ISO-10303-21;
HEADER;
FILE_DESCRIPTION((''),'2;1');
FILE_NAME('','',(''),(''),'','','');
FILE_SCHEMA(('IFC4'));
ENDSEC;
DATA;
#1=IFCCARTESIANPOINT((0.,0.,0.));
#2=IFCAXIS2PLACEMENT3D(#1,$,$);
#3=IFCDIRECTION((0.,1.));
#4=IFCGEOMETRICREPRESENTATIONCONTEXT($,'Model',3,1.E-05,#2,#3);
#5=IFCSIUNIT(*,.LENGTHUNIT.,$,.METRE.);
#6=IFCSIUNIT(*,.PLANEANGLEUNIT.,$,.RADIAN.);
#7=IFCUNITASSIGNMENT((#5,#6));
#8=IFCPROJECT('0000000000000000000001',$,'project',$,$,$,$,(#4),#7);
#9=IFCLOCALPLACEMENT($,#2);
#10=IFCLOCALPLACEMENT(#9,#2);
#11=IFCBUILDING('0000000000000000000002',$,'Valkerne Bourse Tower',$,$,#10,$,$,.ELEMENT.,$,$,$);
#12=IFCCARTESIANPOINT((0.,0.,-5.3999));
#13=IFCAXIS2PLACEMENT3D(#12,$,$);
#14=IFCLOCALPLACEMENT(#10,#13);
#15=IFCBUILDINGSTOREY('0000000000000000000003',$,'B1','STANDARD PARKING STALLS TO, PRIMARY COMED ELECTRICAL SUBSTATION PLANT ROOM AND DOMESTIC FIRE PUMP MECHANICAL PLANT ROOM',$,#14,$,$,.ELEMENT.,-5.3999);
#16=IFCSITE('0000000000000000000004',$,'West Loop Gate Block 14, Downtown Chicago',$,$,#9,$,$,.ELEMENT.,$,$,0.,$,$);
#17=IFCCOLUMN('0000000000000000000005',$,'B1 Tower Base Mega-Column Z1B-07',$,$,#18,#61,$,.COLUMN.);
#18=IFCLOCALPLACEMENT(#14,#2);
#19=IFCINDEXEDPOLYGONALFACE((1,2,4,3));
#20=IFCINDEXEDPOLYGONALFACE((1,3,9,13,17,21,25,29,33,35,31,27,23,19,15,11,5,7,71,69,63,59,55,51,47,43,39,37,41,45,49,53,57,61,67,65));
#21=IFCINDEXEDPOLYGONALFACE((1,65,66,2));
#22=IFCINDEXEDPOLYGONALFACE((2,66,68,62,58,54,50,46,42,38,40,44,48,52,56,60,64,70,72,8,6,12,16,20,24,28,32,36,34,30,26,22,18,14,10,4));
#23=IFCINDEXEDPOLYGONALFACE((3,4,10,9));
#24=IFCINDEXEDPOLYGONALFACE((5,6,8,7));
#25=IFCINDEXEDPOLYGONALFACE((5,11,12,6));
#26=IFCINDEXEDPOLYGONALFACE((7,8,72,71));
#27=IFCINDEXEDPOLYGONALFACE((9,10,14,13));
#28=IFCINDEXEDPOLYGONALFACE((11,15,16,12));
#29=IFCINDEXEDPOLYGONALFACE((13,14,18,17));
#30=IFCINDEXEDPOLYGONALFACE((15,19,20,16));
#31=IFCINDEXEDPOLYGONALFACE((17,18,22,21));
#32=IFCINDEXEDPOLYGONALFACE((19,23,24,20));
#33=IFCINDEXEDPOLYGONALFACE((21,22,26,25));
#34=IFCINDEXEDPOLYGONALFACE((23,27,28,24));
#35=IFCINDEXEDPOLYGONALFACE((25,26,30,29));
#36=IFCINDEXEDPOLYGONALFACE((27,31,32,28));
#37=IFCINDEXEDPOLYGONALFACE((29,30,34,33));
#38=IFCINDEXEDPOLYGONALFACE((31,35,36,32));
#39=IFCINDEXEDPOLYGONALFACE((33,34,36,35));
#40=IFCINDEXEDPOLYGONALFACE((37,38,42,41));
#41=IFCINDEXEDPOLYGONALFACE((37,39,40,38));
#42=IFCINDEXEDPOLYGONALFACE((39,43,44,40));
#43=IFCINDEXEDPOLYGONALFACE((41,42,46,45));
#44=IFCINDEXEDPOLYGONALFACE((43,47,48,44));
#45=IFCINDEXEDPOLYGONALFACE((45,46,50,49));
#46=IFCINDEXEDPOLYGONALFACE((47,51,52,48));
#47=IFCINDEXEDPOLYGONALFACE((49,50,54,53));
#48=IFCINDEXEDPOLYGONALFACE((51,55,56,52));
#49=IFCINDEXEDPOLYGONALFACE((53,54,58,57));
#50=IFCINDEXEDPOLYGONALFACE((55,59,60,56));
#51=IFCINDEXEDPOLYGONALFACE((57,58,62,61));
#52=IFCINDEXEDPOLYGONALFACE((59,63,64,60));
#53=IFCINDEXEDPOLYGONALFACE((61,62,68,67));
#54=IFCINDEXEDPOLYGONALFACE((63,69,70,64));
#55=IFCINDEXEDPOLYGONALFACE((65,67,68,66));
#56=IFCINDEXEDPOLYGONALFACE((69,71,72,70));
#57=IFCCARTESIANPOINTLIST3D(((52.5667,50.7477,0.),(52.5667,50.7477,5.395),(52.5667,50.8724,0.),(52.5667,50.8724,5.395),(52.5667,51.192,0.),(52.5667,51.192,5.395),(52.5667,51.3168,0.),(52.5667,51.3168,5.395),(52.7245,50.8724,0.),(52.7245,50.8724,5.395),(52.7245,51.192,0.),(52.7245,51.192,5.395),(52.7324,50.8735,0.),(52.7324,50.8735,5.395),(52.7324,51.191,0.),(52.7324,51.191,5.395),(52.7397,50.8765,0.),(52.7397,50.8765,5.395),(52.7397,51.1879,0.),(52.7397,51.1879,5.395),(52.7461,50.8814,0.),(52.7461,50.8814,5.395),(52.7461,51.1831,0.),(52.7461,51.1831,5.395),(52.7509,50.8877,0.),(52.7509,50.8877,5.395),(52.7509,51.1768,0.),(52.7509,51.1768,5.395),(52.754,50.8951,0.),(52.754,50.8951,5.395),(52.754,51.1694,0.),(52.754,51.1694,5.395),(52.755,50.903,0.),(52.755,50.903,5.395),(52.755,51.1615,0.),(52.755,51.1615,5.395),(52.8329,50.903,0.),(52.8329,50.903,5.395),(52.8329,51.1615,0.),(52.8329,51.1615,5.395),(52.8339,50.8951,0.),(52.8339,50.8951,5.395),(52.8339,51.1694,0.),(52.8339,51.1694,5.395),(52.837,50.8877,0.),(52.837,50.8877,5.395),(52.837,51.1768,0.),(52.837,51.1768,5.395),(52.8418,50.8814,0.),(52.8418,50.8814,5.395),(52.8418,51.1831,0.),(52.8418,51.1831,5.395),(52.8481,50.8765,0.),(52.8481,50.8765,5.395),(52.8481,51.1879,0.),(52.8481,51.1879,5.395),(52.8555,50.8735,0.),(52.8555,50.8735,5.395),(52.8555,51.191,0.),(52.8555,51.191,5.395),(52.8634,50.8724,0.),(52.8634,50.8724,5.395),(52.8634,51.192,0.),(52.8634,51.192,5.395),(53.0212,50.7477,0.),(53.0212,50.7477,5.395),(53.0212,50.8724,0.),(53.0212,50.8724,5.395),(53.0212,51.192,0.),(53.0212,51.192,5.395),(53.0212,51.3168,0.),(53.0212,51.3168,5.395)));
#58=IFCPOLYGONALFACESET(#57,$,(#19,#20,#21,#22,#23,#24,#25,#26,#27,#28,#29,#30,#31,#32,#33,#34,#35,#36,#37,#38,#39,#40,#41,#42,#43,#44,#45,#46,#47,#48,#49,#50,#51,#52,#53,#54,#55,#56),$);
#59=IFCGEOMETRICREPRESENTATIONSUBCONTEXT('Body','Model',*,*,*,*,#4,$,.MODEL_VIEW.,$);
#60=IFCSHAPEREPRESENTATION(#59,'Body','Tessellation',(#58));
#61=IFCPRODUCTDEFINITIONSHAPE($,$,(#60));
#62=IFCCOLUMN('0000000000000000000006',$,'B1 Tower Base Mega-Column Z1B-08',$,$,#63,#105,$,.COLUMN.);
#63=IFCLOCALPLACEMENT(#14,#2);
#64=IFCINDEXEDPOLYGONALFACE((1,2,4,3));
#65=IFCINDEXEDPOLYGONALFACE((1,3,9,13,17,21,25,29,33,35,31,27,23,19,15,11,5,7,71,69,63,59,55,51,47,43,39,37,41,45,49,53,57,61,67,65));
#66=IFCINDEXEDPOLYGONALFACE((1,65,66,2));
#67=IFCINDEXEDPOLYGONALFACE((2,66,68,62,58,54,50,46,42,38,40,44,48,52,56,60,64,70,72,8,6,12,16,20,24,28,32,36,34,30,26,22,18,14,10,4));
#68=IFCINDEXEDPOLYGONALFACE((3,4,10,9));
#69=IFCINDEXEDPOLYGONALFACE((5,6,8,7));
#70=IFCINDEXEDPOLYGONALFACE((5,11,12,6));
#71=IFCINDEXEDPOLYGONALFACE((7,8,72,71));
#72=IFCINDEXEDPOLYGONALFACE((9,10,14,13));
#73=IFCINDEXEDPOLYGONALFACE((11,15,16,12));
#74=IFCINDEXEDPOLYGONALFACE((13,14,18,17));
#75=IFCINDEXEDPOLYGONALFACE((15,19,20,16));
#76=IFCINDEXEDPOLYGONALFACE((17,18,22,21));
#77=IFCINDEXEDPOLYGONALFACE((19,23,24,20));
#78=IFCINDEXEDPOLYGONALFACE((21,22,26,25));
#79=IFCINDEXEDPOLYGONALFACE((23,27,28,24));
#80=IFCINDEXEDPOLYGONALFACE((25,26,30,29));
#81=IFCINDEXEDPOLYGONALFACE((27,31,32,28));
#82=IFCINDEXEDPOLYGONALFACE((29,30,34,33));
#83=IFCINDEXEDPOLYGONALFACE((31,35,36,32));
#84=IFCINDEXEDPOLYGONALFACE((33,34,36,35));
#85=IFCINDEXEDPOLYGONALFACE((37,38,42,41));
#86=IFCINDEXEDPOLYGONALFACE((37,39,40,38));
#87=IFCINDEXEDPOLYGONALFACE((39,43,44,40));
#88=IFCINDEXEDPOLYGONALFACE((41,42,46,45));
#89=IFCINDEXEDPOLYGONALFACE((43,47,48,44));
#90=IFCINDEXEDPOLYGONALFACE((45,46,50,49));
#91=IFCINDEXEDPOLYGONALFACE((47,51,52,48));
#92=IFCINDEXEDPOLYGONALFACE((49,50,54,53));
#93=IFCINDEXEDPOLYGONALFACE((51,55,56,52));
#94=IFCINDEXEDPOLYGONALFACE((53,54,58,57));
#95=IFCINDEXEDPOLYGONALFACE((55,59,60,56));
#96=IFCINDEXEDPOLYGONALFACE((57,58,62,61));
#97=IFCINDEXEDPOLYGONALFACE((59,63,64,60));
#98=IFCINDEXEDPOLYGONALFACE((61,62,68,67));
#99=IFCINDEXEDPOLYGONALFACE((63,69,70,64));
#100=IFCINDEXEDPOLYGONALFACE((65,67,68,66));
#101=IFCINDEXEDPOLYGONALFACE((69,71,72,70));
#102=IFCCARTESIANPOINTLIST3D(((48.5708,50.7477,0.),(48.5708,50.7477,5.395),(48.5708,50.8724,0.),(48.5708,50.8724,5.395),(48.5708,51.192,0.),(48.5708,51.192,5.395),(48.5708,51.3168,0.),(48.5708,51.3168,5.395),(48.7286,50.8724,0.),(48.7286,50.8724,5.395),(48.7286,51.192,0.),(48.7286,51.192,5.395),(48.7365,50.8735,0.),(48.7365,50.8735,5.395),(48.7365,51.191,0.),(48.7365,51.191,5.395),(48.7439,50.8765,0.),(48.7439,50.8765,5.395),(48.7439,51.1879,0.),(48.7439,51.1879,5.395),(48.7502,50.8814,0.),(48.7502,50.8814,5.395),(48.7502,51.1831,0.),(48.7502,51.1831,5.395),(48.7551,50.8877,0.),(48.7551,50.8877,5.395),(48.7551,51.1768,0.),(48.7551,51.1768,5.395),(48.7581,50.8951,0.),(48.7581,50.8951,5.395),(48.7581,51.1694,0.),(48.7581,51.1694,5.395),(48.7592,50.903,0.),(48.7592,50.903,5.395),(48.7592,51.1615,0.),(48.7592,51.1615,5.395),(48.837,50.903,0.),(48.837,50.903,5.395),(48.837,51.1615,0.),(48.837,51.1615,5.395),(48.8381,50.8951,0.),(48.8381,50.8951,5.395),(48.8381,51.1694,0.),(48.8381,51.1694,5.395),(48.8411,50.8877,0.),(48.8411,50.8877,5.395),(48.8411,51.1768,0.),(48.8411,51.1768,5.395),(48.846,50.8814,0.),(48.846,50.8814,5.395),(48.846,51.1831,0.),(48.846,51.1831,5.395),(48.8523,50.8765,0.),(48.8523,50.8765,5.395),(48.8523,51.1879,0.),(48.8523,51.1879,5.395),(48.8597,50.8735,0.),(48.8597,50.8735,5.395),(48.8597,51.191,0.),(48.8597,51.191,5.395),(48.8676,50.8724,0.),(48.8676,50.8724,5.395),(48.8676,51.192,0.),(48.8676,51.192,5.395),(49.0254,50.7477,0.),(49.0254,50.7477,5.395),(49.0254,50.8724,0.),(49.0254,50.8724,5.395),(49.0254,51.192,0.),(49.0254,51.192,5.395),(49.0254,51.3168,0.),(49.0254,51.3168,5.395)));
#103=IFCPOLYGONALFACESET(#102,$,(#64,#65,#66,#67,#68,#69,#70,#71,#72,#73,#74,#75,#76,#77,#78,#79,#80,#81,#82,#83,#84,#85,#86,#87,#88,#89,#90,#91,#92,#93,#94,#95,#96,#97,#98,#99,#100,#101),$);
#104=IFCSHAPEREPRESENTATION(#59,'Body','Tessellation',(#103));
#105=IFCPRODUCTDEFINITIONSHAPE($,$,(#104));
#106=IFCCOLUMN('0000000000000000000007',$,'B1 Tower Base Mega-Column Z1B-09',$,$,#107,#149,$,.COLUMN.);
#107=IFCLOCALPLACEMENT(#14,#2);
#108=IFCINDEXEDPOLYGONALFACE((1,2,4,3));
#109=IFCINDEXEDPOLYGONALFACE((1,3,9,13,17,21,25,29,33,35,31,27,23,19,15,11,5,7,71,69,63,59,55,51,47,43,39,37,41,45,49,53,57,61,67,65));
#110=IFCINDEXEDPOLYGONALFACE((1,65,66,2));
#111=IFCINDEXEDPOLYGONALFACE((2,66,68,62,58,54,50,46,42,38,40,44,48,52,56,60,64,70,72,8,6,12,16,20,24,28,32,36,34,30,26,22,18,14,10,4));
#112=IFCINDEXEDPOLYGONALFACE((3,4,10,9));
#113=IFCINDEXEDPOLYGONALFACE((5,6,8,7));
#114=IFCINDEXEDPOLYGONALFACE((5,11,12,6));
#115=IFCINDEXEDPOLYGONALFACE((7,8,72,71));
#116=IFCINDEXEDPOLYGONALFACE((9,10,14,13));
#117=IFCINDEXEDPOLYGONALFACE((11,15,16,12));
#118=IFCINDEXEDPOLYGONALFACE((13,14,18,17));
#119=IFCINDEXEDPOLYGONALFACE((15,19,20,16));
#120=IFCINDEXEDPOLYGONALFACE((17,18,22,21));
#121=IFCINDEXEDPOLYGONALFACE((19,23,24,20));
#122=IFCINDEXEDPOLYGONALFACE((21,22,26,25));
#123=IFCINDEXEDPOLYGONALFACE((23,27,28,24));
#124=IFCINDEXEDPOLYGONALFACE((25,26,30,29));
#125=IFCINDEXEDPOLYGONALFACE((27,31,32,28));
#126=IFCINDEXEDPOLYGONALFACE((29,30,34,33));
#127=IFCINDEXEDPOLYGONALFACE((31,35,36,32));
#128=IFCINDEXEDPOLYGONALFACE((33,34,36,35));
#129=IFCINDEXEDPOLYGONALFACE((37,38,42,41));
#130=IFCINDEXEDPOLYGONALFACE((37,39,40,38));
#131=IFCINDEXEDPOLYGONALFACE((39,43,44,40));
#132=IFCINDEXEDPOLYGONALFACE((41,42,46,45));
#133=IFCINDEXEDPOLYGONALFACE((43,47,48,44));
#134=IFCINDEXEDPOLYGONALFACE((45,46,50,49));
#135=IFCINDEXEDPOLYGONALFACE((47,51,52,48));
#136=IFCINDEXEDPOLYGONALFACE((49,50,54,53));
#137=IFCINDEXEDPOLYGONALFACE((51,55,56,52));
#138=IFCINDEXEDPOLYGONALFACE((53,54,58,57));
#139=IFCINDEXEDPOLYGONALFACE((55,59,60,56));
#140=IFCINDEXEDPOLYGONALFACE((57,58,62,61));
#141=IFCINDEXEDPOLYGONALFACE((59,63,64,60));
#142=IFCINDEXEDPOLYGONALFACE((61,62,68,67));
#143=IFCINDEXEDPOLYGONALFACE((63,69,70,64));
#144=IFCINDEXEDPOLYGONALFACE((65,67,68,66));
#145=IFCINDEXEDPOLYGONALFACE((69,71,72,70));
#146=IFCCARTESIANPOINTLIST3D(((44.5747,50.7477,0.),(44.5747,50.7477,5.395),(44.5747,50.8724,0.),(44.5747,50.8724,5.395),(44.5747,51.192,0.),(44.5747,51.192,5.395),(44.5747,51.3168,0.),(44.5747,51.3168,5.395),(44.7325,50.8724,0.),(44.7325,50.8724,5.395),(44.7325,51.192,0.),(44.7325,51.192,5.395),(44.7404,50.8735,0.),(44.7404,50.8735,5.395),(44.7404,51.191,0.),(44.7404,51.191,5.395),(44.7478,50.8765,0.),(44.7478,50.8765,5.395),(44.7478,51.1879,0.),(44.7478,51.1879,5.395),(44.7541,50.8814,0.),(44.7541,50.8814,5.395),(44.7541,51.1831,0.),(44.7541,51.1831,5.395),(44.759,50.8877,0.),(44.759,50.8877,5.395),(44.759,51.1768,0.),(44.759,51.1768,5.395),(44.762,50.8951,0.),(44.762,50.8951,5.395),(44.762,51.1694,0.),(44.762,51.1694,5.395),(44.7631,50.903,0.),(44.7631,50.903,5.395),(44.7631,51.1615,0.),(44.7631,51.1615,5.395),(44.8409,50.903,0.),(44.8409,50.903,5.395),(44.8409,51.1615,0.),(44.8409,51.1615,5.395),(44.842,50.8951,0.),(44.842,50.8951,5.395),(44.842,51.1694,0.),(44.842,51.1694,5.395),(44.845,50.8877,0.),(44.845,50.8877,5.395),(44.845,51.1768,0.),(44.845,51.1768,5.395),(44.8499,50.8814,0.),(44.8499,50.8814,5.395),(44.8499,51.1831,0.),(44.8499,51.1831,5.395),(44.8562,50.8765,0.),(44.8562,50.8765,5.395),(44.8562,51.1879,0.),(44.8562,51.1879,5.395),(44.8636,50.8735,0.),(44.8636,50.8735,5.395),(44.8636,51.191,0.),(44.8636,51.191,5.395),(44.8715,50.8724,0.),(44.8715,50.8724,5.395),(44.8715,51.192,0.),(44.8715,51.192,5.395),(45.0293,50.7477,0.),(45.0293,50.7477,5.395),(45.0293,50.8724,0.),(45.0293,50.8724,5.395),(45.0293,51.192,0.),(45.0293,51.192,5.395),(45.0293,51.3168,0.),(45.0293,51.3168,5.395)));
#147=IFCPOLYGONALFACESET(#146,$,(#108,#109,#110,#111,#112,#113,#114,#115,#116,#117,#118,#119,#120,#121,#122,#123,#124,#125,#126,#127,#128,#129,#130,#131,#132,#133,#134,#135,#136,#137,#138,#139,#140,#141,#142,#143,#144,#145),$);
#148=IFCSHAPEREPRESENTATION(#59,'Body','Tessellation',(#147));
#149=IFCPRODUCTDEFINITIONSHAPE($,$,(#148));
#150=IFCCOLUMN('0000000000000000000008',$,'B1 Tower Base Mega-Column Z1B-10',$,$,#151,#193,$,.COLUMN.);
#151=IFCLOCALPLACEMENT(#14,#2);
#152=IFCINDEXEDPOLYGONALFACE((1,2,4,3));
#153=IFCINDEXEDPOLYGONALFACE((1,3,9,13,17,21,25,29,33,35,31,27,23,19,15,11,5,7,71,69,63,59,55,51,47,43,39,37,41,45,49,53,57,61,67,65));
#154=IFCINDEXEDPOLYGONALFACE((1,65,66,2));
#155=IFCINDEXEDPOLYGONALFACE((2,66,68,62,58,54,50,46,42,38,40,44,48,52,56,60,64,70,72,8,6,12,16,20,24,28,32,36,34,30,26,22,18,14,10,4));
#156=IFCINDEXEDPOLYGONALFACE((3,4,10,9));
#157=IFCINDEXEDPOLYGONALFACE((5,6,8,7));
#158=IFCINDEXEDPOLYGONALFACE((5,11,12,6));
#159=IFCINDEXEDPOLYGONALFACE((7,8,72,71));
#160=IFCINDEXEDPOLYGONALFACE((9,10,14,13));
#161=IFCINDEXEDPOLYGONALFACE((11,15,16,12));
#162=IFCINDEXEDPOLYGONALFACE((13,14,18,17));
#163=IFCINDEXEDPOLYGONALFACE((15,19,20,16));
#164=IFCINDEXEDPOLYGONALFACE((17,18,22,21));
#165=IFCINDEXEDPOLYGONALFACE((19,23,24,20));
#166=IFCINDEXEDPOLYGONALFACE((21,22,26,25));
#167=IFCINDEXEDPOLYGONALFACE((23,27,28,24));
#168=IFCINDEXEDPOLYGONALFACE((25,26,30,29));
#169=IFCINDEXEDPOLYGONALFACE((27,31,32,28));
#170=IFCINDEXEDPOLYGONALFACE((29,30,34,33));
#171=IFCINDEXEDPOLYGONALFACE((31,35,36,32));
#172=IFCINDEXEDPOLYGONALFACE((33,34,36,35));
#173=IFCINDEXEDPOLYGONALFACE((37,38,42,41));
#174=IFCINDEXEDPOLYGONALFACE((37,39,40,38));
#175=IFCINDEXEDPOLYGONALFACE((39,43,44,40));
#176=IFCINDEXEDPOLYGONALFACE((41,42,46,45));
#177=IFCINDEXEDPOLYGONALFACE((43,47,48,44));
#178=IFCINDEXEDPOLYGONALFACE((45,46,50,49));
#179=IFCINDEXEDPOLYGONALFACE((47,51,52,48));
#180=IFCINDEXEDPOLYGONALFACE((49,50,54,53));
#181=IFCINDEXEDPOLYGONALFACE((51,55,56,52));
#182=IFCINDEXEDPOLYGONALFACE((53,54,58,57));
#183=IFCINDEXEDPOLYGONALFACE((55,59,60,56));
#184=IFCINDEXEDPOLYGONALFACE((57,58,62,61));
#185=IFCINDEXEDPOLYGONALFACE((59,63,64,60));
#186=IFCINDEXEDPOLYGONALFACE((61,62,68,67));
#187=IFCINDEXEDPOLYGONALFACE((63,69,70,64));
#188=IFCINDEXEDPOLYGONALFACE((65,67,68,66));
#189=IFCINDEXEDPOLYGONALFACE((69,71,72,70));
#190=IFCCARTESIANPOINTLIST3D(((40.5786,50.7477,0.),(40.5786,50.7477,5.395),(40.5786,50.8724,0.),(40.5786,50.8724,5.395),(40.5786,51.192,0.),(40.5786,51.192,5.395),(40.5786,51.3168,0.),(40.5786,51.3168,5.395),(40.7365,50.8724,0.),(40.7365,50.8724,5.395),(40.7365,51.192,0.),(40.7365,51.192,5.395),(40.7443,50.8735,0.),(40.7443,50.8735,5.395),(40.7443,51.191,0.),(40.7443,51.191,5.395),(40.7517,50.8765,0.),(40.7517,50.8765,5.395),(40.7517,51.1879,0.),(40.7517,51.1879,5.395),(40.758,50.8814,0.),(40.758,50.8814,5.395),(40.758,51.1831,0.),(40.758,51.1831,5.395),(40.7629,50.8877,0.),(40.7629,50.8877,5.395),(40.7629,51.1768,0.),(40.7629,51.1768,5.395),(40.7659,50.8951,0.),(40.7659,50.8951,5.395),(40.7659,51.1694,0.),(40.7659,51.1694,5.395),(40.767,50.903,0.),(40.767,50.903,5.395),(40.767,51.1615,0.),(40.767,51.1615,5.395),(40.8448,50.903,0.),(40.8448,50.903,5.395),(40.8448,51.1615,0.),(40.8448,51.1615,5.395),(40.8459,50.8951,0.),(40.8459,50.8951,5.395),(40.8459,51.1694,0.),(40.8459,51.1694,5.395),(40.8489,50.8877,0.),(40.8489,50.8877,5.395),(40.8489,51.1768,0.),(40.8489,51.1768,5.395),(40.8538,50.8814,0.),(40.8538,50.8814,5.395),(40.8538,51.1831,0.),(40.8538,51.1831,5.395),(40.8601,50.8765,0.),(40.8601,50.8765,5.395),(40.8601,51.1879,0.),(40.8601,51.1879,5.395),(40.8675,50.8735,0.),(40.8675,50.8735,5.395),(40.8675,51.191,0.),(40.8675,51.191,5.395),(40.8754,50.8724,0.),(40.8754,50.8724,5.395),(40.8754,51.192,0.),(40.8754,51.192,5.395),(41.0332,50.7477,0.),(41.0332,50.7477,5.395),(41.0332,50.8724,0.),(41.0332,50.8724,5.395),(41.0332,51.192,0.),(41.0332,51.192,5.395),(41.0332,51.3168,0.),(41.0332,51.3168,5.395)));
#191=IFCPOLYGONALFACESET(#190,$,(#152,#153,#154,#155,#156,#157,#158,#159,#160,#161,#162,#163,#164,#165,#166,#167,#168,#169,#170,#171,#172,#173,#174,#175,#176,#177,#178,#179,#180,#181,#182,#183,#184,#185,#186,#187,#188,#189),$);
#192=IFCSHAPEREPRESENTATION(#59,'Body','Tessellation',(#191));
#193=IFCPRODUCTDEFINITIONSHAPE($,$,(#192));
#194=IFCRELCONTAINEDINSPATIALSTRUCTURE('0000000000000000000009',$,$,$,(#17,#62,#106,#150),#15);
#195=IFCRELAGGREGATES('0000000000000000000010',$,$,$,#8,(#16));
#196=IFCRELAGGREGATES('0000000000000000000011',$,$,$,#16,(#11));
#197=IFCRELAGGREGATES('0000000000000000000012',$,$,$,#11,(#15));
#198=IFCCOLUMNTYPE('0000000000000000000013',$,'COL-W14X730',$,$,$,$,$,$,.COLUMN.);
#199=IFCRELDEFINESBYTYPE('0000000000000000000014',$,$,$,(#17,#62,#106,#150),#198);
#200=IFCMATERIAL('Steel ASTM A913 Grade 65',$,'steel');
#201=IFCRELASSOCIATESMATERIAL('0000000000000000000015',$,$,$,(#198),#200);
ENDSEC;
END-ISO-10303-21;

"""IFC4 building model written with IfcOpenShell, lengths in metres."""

from ifc_helpers import new_model, si_unit, direction, frame, origin, origin_2d, place, context, subcontext, project, spatial, i_section, extrude, material, material_profile, profile_set, type_object, element, save


model = new_model("IFC4")

# Units and contexts
model_context = context("Model", 3, precision=1e-05, world=origin(), true_north=direction((0.0, 1.0)))
body_context = subcontext(model_context, "Body", "Model", "MODEL_VIEW")
ifc_project = project(units=[si_unit("LENGTHUNIT", "METRE"), si_unit("PLANEANGLEUNIT", "RADIAN")], contexts=[model_context])

# Site, building, storey
site_placement = place(None, origin())
site = spatial("IfcSite", under=ifc_project, at=site_placement, Name="West Loop Gate Block 14, Downtown Chicago", CompositionType="ELEMENT", RefElevation=0.0)
building_placement = place(site_placement, origin())
building = spatial("IfcBuilding", under=site, at=building_placement, Name="Valkerne Bourse Tower", CompositionType="ELEMENT")
storey_placement = place(building_placement, frame((0.0, 0.0, -5.3999)))
storey = spatial("IfcBuildingStorey", under=building, at=storey_placement, Name="B1", Description="STANDARD PARKING STALLS TO, PRIMARY COMED ELECTRICAL SUBSTATION PLANT ROOM AND DOMESTIC FIRE PUMP MECHANICAL PLANT ROOM", CompositionType="ELEMENT", Elevation=-5.3999)

# Columns
ifc_material_1 = material(Name="Steel ASTM A913 Grade 65", Category="steel")
ifc_material_profile_1 = material_profile(ifc_material_1, i_section(OverallWidth=0.4546, OverallDepth=0.5691, WebThickness=0.0779, FlangeThickness=0.1248, FilletRadius=0.0305, at=origin_2d()), Name="W14X730")
ifc_profile_set_1 = profile_set([ifc_material_profile_1], Name="Steel ASTM A913 Grade 65")
column_type_1 = type_object("IfcColumnType", Name="COL-W14X730", PredefinedType="COLUMN", material=ifc_profile_set_1)
for number, where, z_axis, x_axis, name in (
    (1, (52.7939, 51.0322, 0.0), (0.0, 0.0, 1.0), (-1.0, 0.0, 0.0), "B1 Tower Base Mega-Column Z1B-07"),
    (2, (48.7981, 51.0322, 0.0), (0.0, 0.0, 1.0), (-1.0, 0.0, 0.0), "B1 Tower Base Mega-Column Z1B-08"),
    (3, (44.802, 51.0322, 0.0), (0.0, 0.0, 1.0), (-1.0, 0.0, 0.0), "B1 Tower Base Mega-Column Z1B-09"),
    (4, (40.8059, 51.0322, 0.0), (0.0, 0.0, 1.0), (-1.0, 0.0, 0.0), "B1 Tower Base Mega-Column Z1B-10"),
):
    element("IfcColumn", number, at=place(storey_placement, frame(where, z_axis=z_axis, x_axis=x_axis)), inside=storey, type_object=column_type_1, Name=name, PredefinedType="COLUMN", context=body_context, shape_type="SweptSolid", body=[
        extrude(i_section(OverallWidth=0.4546, OverallDepth=0.5691, WebThickness=0.0779, FlangeThickness=0.1248, FilletRadius=0.0305, at=origin_2d()), origin(), (0.0, 0.0, 1.0), 5.395),
    ])

save(model, "model.ifc")
